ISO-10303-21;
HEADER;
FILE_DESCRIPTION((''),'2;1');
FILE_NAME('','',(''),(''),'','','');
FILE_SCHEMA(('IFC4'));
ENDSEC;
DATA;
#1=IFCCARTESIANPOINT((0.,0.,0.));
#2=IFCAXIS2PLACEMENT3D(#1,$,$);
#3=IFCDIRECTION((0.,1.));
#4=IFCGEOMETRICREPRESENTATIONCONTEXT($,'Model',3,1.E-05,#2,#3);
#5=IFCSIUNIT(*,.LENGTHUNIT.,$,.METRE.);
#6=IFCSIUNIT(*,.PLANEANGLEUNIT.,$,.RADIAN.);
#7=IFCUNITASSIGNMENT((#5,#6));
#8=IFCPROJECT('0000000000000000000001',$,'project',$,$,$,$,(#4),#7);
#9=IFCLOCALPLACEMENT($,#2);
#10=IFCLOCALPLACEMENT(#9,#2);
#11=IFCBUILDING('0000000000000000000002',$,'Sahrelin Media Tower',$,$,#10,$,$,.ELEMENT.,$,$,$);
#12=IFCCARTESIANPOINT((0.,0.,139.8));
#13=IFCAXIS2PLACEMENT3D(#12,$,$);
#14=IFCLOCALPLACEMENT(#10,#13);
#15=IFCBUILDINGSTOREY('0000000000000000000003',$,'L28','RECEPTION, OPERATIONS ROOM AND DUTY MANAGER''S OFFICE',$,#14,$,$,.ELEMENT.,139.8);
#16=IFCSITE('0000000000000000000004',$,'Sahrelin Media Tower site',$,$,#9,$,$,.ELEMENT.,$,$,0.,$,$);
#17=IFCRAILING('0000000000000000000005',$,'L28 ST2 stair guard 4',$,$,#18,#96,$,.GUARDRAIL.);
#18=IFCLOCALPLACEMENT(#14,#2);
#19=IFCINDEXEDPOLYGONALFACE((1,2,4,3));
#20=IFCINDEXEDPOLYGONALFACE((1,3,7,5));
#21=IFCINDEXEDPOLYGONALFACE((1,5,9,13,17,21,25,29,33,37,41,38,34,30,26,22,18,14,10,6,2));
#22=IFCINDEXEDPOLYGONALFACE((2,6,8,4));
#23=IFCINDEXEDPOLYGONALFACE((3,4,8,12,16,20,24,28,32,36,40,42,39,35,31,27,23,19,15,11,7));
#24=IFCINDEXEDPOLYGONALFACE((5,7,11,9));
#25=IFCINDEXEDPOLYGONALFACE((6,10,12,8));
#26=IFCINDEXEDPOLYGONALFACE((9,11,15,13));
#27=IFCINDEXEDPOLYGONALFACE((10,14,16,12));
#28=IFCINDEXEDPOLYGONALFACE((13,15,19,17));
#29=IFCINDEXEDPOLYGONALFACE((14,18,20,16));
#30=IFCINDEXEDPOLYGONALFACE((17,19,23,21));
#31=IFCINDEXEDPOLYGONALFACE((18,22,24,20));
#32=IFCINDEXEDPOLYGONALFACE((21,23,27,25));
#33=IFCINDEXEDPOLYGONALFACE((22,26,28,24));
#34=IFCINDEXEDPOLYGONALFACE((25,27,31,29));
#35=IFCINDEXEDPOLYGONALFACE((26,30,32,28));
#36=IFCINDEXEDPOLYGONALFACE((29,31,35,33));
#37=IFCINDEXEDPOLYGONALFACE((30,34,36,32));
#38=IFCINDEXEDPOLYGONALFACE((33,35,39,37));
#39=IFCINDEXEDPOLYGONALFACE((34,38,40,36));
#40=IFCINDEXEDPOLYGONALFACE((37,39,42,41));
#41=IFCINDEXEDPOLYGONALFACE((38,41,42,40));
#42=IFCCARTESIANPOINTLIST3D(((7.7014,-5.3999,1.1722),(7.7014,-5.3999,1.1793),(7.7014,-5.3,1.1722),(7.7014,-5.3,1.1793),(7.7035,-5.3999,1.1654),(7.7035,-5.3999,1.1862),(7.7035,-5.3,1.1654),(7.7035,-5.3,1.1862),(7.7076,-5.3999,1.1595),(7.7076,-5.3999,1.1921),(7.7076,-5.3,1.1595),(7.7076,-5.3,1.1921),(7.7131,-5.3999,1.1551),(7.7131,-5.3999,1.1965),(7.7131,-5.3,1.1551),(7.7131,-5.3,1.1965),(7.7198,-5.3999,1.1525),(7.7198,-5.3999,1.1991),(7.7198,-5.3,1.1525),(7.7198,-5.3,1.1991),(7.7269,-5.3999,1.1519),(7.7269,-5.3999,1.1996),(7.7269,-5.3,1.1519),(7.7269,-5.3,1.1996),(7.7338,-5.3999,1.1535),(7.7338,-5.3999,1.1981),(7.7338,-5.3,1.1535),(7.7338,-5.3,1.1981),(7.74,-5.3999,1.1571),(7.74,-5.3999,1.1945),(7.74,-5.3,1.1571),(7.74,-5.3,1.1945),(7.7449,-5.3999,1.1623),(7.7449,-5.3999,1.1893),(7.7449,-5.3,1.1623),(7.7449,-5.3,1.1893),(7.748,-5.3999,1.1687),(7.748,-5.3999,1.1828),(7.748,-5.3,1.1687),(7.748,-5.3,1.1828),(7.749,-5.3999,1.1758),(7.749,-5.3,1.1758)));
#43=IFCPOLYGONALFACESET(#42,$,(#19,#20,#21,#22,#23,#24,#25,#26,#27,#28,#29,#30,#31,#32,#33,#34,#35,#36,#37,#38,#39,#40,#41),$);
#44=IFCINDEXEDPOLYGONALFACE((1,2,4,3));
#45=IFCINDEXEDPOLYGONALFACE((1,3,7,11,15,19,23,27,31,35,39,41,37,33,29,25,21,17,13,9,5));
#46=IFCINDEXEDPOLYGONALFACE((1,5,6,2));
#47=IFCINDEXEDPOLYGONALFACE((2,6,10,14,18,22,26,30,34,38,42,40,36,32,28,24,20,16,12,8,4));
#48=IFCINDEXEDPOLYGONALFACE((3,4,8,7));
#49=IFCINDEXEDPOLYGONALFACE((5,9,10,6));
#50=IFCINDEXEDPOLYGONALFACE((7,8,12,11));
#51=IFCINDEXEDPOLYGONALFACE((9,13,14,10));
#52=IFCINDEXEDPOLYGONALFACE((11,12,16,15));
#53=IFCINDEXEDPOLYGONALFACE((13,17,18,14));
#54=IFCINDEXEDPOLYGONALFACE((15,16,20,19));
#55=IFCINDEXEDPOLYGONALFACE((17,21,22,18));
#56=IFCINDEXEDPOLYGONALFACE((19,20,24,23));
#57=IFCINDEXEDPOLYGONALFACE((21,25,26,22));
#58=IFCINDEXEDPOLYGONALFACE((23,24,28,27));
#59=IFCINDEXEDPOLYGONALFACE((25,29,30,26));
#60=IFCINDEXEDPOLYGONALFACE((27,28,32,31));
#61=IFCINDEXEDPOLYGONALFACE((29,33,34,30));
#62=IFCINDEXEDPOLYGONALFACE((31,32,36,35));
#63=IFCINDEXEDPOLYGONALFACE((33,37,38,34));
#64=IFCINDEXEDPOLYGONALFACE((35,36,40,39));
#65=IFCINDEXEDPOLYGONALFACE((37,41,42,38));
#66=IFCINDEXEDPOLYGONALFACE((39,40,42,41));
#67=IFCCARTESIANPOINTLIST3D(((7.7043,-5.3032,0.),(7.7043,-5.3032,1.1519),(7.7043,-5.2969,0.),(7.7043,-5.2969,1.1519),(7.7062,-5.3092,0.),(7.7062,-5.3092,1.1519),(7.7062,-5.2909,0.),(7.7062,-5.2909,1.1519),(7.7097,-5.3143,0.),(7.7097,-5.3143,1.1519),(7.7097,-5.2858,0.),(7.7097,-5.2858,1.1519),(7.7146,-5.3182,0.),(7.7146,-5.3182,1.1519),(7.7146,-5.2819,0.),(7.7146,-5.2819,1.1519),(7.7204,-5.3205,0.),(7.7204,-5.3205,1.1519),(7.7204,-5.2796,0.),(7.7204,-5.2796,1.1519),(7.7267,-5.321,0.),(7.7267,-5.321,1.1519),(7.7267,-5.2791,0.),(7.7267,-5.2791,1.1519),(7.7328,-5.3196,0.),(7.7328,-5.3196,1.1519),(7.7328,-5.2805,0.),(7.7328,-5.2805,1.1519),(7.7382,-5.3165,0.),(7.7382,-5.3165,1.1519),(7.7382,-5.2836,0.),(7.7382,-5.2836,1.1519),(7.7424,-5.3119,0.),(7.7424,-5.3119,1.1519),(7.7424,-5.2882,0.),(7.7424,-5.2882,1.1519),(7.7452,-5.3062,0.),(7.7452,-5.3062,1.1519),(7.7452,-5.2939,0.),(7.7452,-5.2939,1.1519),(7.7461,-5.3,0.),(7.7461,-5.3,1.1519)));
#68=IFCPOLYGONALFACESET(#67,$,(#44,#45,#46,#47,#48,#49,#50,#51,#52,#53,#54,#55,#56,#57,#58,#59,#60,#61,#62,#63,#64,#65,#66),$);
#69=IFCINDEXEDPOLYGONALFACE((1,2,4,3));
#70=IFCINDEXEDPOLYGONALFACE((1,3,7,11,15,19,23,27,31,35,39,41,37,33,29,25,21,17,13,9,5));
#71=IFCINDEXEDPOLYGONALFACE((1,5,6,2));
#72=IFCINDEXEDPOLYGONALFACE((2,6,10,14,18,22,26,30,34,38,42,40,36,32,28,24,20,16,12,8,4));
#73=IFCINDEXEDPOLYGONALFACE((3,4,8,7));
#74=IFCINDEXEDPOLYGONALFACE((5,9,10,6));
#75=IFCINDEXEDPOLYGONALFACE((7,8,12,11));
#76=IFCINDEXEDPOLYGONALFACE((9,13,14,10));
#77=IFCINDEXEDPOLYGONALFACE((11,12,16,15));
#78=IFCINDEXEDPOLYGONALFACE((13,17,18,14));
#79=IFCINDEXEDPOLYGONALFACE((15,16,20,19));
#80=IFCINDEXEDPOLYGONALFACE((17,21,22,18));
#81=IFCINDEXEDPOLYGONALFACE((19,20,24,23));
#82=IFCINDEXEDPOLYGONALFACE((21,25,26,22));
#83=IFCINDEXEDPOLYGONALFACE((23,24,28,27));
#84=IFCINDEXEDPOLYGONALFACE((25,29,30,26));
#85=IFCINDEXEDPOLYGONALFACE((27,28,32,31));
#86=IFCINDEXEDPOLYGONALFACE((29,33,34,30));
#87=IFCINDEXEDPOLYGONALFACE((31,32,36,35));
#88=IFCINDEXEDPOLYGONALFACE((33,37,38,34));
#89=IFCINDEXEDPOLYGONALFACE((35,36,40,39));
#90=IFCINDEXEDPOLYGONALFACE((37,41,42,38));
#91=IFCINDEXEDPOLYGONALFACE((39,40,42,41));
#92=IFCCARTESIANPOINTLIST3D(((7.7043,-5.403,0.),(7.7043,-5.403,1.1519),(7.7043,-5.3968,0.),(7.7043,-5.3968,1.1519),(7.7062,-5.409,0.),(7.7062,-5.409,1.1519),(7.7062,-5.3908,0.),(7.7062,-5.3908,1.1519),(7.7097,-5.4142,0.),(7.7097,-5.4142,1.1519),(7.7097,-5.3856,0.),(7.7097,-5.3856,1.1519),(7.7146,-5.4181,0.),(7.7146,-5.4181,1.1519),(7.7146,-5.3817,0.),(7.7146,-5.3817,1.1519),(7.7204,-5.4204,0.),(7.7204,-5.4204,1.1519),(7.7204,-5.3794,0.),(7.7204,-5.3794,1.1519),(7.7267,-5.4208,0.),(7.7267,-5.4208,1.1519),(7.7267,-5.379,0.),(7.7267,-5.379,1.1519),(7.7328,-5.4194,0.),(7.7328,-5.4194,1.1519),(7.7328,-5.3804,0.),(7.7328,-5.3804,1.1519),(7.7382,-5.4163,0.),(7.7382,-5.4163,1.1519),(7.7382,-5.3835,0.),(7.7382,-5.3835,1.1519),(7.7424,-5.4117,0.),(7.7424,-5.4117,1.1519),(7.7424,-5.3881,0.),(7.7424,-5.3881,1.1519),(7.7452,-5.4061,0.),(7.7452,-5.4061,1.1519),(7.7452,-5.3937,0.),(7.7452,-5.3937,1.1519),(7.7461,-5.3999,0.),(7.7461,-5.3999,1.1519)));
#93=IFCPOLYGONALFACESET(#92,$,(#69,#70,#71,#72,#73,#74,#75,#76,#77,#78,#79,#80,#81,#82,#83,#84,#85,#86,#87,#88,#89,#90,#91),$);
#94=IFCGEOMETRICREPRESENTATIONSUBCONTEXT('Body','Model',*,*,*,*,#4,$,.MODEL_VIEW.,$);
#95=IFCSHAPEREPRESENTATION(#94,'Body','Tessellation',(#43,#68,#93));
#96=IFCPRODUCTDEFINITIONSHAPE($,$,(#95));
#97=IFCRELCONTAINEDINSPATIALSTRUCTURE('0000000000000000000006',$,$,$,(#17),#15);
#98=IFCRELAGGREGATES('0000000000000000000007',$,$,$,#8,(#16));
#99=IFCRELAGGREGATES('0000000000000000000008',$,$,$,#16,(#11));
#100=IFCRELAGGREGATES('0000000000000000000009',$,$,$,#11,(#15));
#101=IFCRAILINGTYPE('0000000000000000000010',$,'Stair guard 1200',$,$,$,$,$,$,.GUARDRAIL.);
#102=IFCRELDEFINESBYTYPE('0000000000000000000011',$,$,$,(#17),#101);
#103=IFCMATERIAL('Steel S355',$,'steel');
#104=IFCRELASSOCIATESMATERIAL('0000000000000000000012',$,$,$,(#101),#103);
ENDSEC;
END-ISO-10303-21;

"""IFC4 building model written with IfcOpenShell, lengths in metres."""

from ifc_helpers import new_model, si_unit, direction, frame, origin, origin_2d, place, context, subcontext, project, spatial, circle, extrude, material, type_object, element, save


model = new_model("IFC4")

# Units and contexts
model_context = context("Model", 3, precision=1e-05, world=origin(), true_north=direction((0.0, 1.0)))
body_context = subcontext(model_context, "Body", "Model", "MODEL_VIEW")
ifc_project = project(units=[si_unit("LENGTHUNIT", "METRE"), si_unit("PLANEANGLEUNIT", "RADIAN")], contexts=[model_context])

# Site, building, storey
site_placement = place(None, origin())
site = spatial("IfcSite", under=ifc_project, at=site_placement, Name="Sahrelin Media Tower site", CompositionType="ELEMENT", RefElevation=0.0)
building_placement = place(site_placement, origin())
building = spatial("IfcBuilding", under=site, at=building_placement, Name="Sahrelin Media Tower", CompositionType="ELEMENT")
storey_placement = place(building_placement, frame((0.0, 0.0, 139.8)))
storey = spatial("IfcBuildingStorey", under=building, at=storey_placement, Name="L28", Description="RECEPTION, OPERATIONS ROOM AND DUTY MANAGER'S OFFICE", CompositionType="ELEMENT", Elevation=139.8)

# Shared definitions
ifc_material_1 = material(Name="Steel S355", Category="steel")

# Railing
railing_type_1 = type_object("IfcRailingType", Name="Stair guard 1200", PredefinedType="GUARDRAIL", material=ifc_material_1)
railing_1_placement = place(storey_placement, frame((7.7251, -5.3, 0.0)))
element("IfcRailing", 1, at=railing_1_placement, inside=storey, type_object=railing_type_1, Name="L28 ST2 stair guard 4", PredefinedType="GUARDRAIL", context=body_context, shape_type="SweptSolid", body=[
    extrude(circle(Radius=0.0239, at=origin_2d()), frame((0.0, 0.0, 1.1758), z_axis=(0.0, -1.0, 0.0), x_axis=(1.0, 0.0, 0.0)), (0.0, 0.0, 1.0), 0.0999),
    extrude(circle(Radius=0.021, at=origin_2d()), origin(), (0.0, 0.0, 1.0), 1.1519),
    extrude(circle(Radius=0.021, at=origin_2d()), frame((0.0, -0.0999, 0.0)), (0.0, 0.0, 1.0), 1.1519),
])

save(model, "model.ifc")
